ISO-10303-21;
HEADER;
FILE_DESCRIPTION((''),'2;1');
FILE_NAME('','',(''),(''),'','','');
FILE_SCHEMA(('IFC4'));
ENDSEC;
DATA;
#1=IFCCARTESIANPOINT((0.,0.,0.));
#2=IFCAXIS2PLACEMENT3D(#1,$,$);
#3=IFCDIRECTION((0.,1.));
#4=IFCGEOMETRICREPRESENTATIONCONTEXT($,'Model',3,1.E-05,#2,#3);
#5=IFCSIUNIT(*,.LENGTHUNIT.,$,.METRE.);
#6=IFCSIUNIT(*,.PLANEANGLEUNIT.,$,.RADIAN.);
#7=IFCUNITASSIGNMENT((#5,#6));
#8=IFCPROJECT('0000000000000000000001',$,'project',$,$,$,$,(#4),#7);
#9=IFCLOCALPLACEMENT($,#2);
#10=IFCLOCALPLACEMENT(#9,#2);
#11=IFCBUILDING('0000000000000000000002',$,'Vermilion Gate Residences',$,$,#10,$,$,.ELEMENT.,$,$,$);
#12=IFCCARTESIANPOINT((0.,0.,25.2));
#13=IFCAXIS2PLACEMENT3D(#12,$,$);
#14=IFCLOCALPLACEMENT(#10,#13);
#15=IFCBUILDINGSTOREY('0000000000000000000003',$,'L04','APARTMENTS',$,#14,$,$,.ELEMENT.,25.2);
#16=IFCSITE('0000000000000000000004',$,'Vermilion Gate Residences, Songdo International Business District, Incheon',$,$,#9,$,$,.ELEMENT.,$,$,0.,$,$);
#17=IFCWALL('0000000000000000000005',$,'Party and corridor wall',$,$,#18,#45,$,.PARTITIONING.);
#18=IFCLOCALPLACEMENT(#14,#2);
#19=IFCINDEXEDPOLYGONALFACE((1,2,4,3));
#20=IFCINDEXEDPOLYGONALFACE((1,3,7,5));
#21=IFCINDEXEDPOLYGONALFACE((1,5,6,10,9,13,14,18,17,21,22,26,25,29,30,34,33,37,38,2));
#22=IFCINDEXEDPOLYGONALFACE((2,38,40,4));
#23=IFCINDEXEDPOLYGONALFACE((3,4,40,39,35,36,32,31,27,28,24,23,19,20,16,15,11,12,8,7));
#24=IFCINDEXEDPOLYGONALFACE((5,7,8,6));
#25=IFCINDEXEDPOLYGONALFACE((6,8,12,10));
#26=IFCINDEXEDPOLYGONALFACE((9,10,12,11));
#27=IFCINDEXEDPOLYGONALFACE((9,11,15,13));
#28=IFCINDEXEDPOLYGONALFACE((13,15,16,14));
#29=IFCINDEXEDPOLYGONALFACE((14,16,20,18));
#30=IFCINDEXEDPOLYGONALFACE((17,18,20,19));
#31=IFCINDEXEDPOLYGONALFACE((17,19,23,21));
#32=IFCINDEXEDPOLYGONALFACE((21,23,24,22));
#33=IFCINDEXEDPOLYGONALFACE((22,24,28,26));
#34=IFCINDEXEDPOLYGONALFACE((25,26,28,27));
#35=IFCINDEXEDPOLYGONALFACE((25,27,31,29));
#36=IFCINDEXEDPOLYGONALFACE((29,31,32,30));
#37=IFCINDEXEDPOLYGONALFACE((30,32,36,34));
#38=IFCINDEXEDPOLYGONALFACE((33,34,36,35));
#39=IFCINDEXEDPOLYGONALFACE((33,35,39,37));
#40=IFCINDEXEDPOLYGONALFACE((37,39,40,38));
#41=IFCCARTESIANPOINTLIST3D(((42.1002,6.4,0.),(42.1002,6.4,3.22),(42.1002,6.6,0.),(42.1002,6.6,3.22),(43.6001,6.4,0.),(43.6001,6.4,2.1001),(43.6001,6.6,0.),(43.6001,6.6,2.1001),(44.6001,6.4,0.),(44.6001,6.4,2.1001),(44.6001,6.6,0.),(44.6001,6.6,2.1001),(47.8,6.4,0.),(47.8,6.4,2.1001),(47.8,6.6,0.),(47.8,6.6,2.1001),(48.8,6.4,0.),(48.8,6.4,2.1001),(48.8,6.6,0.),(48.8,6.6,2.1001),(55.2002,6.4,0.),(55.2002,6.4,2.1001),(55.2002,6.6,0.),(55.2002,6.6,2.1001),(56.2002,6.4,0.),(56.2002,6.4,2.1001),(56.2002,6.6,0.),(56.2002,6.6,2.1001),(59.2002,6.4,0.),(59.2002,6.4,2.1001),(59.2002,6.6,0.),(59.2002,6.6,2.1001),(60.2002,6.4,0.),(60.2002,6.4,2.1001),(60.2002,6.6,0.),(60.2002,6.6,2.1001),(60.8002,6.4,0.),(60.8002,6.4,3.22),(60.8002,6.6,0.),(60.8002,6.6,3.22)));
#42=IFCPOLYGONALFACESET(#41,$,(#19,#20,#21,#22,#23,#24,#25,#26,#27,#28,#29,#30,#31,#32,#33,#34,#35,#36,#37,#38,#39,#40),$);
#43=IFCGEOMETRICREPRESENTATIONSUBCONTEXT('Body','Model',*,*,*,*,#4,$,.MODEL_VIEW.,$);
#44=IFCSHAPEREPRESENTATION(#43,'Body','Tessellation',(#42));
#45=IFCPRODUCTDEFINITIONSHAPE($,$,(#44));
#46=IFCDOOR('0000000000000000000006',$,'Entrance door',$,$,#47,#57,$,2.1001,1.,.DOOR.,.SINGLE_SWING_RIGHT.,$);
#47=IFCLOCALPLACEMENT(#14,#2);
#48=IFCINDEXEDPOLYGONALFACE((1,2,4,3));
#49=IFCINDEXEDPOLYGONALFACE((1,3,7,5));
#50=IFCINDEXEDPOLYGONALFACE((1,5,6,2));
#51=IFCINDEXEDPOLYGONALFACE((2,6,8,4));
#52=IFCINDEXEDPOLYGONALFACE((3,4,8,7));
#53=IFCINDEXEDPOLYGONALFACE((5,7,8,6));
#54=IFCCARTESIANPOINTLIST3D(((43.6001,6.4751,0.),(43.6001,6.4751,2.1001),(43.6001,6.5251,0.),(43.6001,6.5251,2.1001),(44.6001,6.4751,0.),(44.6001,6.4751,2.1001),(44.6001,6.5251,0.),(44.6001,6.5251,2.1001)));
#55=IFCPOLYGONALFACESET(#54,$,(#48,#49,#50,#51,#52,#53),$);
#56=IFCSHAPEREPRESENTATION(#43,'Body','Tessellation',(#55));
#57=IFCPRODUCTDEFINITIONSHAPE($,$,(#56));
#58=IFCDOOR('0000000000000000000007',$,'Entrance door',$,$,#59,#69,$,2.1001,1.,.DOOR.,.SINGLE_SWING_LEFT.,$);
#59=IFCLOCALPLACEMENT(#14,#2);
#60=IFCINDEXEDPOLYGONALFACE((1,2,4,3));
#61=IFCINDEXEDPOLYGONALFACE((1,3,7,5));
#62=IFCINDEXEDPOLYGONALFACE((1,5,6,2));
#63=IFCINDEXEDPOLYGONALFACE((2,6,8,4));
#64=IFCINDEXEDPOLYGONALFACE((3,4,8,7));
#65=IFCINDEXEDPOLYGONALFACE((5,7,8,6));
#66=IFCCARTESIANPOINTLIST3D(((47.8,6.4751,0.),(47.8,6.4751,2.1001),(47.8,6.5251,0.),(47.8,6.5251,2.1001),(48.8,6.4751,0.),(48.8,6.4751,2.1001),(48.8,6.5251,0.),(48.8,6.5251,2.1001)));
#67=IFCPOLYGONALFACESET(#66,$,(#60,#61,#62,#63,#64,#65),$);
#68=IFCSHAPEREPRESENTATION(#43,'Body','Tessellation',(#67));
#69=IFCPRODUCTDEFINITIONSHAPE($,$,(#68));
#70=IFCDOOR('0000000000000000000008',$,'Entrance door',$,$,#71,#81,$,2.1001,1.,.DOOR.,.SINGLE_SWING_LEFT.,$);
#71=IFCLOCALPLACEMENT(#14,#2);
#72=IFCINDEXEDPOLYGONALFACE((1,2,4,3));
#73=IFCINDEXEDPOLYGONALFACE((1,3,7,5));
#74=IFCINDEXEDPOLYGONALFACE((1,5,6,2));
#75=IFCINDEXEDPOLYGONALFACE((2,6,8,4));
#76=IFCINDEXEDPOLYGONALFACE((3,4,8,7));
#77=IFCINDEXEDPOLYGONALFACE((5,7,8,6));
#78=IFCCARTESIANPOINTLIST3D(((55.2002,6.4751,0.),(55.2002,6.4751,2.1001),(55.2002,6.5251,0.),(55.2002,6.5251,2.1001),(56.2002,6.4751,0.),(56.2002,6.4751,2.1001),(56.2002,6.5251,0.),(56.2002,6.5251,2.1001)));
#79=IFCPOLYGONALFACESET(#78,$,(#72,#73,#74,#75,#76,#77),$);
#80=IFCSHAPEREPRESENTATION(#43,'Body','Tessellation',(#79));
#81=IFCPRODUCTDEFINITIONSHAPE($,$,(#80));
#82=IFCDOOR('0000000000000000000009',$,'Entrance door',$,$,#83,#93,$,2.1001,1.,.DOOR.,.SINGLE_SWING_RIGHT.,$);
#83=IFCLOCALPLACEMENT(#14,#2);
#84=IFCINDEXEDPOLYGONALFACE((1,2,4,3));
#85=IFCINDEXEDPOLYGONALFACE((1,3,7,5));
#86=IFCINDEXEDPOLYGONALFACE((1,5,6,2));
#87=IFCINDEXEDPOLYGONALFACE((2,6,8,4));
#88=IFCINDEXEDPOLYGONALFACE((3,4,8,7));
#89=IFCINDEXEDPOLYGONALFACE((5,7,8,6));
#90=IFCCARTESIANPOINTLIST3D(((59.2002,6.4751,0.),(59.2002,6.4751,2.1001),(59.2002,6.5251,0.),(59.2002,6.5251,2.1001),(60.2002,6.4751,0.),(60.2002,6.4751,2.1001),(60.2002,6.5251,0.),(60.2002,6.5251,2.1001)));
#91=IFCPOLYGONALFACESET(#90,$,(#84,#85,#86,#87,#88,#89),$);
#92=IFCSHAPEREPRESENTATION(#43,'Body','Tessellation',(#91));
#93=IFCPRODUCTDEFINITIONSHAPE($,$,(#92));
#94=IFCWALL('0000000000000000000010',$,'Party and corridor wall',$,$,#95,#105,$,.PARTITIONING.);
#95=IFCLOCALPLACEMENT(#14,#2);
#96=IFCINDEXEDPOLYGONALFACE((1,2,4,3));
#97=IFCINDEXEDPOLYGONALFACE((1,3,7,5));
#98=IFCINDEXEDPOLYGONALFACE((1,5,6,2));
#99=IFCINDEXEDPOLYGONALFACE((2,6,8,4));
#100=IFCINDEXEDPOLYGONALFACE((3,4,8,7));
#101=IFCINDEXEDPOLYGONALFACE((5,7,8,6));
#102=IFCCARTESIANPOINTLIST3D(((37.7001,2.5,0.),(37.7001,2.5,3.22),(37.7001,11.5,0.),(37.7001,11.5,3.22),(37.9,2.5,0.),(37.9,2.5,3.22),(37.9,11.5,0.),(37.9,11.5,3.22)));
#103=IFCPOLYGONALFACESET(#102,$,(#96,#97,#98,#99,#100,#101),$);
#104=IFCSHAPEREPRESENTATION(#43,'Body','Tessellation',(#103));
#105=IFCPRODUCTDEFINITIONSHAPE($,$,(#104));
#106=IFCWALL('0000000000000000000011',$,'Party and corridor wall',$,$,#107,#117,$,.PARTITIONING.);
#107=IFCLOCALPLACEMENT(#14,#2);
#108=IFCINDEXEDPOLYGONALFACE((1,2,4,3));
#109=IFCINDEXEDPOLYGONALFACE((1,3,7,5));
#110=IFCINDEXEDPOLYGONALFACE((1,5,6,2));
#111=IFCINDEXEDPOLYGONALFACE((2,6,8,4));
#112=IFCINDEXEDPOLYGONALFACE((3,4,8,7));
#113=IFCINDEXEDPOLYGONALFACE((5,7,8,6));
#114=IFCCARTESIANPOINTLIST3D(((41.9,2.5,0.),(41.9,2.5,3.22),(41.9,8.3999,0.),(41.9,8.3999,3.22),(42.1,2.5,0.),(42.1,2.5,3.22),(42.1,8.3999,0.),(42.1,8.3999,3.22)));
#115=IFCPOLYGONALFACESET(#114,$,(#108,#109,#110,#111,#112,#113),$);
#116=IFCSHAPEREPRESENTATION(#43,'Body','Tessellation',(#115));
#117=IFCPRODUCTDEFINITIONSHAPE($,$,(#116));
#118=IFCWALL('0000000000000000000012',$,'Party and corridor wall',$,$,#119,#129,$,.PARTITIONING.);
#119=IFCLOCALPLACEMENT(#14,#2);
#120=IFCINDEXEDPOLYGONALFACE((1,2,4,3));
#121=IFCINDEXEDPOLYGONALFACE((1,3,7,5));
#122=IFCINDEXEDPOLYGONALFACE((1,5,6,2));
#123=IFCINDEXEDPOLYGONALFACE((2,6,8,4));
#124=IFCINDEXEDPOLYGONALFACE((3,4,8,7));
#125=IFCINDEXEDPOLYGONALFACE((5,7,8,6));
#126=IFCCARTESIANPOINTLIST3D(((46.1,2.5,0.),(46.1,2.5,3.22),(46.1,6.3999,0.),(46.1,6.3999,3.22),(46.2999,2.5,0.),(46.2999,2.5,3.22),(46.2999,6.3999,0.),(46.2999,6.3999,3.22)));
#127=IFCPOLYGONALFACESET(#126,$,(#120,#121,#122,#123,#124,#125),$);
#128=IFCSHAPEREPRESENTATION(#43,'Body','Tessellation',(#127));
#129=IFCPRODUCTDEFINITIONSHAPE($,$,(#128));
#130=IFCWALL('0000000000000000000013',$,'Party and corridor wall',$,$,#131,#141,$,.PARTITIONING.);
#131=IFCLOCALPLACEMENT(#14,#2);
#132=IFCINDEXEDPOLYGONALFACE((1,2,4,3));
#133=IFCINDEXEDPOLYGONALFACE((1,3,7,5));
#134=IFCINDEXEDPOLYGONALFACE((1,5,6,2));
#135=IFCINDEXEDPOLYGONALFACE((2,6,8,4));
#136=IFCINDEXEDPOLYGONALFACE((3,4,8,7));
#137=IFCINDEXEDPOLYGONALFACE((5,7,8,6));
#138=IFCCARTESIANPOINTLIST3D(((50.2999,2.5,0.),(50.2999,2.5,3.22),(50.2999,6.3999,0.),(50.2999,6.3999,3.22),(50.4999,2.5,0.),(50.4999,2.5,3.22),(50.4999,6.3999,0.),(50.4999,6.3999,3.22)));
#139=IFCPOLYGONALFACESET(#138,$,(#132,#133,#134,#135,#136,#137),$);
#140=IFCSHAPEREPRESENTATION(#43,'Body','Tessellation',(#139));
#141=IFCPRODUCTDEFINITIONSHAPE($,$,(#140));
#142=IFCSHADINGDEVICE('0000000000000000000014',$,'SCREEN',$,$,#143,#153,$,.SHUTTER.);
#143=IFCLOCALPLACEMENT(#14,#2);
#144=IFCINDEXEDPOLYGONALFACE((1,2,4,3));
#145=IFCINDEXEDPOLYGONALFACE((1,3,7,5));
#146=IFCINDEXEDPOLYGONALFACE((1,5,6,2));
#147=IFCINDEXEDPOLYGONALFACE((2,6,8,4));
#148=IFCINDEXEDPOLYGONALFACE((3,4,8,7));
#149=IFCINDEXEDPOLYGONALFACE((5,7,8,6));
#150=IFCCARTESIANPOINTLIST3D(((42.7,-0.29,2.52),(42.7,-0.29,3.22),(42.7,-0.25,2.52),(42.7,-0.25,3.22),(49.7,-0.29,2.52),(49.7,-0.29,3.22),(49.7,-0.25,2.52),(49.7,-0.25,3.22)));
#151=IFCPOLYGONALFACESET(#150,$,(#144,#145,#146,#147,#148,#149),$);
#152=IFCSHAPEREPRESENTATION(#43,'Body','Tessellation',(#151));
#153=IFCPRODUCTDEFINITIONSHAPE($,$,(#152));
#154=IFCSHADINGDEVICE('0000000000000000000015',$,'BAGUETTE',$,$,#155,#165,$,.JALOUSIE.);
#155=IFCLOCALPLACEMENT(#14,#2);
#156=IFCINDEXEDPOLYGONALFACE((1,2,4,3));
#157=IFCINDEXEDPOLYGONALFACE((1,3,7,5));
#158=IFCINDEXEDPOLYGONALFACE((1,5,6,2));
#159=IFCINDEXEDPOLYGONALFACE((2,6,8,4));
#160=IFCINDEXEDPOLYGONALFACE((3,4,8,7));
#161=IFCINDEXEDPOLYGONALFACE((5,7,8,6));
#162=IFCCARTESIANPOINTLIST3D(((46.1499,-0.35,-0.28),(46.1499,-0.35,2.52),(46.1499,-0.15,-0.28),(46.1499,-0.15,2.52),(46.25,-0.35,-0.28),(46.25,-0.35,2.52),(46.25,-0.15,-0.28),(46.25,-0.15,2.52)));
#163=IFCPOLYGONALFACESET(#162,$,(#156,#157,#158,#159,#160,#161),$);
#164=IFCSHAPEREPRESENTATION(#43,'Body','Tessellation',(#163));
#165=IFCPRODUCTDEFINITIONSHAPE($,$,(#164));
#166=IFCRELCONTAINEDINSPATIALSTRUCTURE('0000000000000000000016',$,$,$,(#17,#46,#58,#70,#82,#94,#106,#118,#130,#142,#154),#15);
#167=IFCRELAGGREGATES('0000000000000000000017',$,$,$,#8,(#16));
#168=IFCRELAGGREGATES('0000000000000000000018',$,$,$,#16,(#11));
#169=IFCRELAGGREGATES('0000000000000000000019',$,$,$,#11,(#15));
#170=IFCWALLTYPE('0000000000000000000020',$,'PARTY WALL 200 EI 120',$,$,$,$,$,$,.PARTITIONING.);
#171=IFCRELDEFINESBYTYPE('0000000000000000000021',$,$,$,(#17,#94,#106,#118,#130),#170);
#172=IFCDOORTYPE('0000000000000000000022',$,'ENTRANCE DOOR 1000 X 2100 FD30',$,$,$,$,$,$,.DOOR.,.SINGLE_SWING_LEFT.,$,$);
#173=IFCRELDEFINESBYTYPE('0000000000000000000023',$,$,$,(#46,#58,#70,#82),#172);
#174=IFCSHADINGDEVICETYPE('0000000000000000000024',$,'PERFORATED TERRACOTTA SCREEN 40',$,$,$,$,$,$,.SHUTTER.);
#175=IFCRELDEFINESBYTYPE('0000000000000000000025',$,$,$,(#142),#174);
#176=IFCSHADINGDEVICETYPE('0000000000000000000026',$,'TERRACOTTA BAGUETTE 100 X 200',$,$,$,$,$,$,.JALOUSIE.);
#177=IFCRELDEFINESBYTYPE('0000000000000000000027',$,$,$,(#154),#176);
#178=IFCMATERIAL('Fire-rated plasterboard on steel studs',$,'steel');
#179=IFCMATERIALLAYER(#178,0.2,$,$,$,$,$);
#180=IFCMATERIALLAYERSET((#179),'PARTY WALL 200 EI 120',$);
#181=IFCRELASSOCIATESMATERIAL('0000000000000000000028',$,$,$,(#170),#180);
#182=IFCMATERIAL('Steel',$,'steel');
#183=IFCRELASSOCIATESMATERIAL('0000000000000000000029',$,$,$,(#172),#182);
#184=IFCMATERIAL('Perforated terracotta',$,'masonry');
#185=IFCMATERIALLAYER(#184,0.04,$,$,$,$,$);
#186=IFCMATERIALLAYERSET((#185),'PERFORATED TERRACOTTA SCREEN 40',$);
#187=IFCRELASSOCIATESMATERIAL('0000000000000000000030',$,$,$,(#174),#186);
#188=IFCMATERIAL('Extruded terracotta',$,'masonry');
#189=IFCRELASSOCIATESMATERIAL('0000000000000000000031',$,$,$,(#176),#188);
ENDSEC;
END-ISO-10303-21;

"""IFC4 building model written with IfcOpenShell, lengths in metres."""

from ifc_helpers import new_model, si_unit, direction, frame, frame_2d, origin, origin_2d, place, context, subcontext, project, spatial, rectangle, extrude, material, layer, layer_set, material_profile, profile_set, type_object, element, fill, save


model = new_model("IFC4")

# Units and contexts
model_context = context("Model", 3, precision=1e-05, world=origin(), true_north=direction((0.0, 1.0)))
body_context = subcontext(model_context, "Body", "Model", "MODEL_VIEW")
ifc_project = project(units=[si_unit("LENGTHUNIT", "METRE"), si_unit("PLANEANGLEUNIT", "RADIAN")], contexts=[model_context])

# Site, building, storey
site_placement = place(None, origin())
site = spatial("IfcSite", under=ifc_project, at=site_placement, Name="Vermilion Gate Residences, Songdo International Business District, Incheon", CompositionType="ELEMENT", RefElevation=0.0)
building_placement = place(site_placement, origin())
building = spatial("IfcBuilding", under=site, at=building_placement, Name="Vermilion Gate Residences", CompositionType="ELEMENT")
storey_placement = place(building_placement, frame((0.0, 0.0, 25.2)))
storey = spatial("IfcBuildingStorey", under=building, at=storey_placement, Name="L04", Description="APARTMENTS", CompositionType="ELEMENT", Elevation=25.2)

# Wall, openings, doors
ifc_material_1 = material(Name="Fire-rated plasterboard on steel studs", Category="steel")
ifc_layer_1 = layer(ifc_material_1, 0.2)
ifc_layer_set_1 = layer_set([ifc_layer_1], Name="PARTY WALL 200 EI 120")
wall_type_1 = type_object("IfcWallType", Name="PARTY WALL 200 EI 120", PredefinedType="PARTITIONING", material=ifc_layer_set_1)
wall_1_placement = place(storey_placement, frame((42.1001, 6.5, 0.0), z_axis=(0.0, 0.0, 1.0), x_axis=(1.0, 0.0, 0.0)))
wall_1 = element("IfcWall", 1, at=wall_1_placement, inside=storey, type_object=wall_type_1, Name="Party and corridor wall", PredefinedType="PARTITIONING", context=body_context, shape_type="SweptSolid", body=[
    extrude(rectangle(XDim=18.7, YDim=0.2, at=frame_2d((9.3501, 0.0))), origin(), (0.0, 0.0, 1.0), 3.22),
])
opening_1_placement = place(wall_1_placement, frame((1.5, 0.0, 0.0)))
opening_1 = element("IfcOpeningElement", 2, at=opening_1_placement, cuts=wall_1, PredefinedType="OPENING", context=body_context, shape_type="SweptSolid", body=[
    extrude(rectangle(XDim=1.0, YDim=2.1001, at=frame_2d((0.5, 1.05))), frame((0.0, 0.1099, 0.0), z_axis=(0.0, -1.0, 0.0), x_axis=(1.0, 0.0, 0.0)), (0.0, 0.0, 1.0), 0.22),
])
opening_2_placement = place(wall_1_placement, frame((5.7, 0.0, 0.0)))
opening_2 = element("IfcOpeningElement", 3, at=opening_2_placement, cuts=wall_1, PredefinedType="OPENING", context=body_context, shape_type="SweptSolid", body=[
    extrude(rectangle(XDim=1.0, YDim=2.1001, at=frame_2d((0.5, 1.05))), frame((0.0, 0.1099, 0.0), z_axis=(0.0, -1.0, 0.0), x_axis=(1.0, 0.0, 0.0)), (0.0, 0.0, 1.0), 0.22),
])
opening_3_placement = place(wall_1_placement, frame((13.1001, 0.0, 0.0)))
opening_3 = element("IfcOpeningElement", 4, at=opening_3_placement, cuts=wall_1, PredefinedType="OPENING", context=body_context, shape_type="SweptSolid", body=[
    extrude(rectangle(XDim=1.0, YDim=2.1001, at=frame_2d((0.5, 1.05))), frame((0.0, 0.1099, 0.0), z_axis=(0.0, -1.0, 0.0), x_axis=(1.0, 0.0, 0.0)), (0.0, 0.0, 1.0), 0.22),
])
opening_4_placement = place(wall_1_placement, frame((17.1001, 0.0, 0.0)))
opening_4 = element("IfcOpeningElement", 5, at=opening_4_placement, cuts=wall_1, PredefinedType="OPENING", context=body_context, shape_type="SweptSolid", body=[
    extrude(rectangle(XDim=1.0, YDim=2.1001, at=frame_2d((0.5, 1.05))), frame((0.0, 0.1099, 0.0), z_axis=(0.0, -1.0, 0.0), x_axis=(1.0, 0.0, 0.0)), (0.0, 0.0, 1.0), 0.22),
])
ifc_material_2 = material(Name="Steel", Category="steel")
door_type_1 = type_object("IfcDoorType", Name="ENTRANCE DOOR 1000 X 2100 FD30", OperationType="SINGLE_SWING_LEFT", PredefinedType="DOOR", material=ifc_material_2)
door_1_placement = place(opening_1_placement, frame((1.0, 0.0, 0.0), z_axis=(0.0, 0.0, 1.0), x_axis=(-1.0, 0.0, 0.0)))
door_1 = element("IfcDoor", 6, at=door_1_placement, inside=storey, type_object=door_type_1, Name="Entrance door", OperationType="SINGLE_SWING_RIGHT", OverallHeight=2.1001, OverallWidth=1.0, PredefinedType="DOOR", context=body_context, shape_type="SweptSolid", body=[
    extrude(rectangle(XDim=1.0, YDim=2.1001, at=frame_2d((0.5, 1.05))), frame((0.0, 0.0249, 0.0), z_axis=(0.0, -1.0, 0.0), x_axis=(1.0, 0.0, 0.0)), (0.0, 0.0, 1.0), 0.05),
])
fill(opening_1, door_1)
door_2_placement = place(opening_2_placement, frame((1.0, 0.0, 0.0), z_axis=(0.0, 0.0, 1.0), x_axis=(-1.0, 0.0, 0.0)))
door_2 = element("IfcDoor", 7, at=door_2_placement, inside=storey, type_object=door_type_1, Name="Entrance door", OperationType="SINGLE_SWING_LEFT", OverallHeight=2.1001, OverallWidth=1.0, PredefinedType="DOOR", context=body_context, shape_type="SweptSolid", body=[
    extrude(rectangle(XDim=1.0, YDim=2.1001, at=frame_2d((0.5, 1.05))), frame((0.0, 0.0249, 0.0), z_axis=(0.0, -1.0, 0.0), x_axis=(1.0, 0.0, 0.0)), (0.0, 0.0, 1.0), 0.05),
])
fill(opening_2, door_2)
door_3_placement = place(opening_3_placement, frame((1.0, 0.0, 0.0), z_axis=(0.0, 0.0, 1.0), x_axis=(-1.0, 0.0, 0.0)))
door_3 = element("IfcDoor", 8, at=door_3_placement, inside=storey, type_object=door_type_1, Name="Entrance door", OperationType="SINGLE_SWING_LEFT", OverallHeight=2.1001, OverallWidth=1.0, PredefinedType="DOOR", context=body_context, shape_type="SweptSolid", body=[
    extrude(rectangle(XDim=1.0, YDim=2.1001, at=frame_2d((0.5, 1.05))), frame((0.0, 0.0249, 0.0), z_axis=(0.0, -1.0, 0.0), x_axis=(1.0, 0.0, 0.0)), (0.0, 0.0, 1.0), 0.05),
])
fill(opening_3, door_3)
door_4_placement = place(opening_4_placement, frame((1.0, 0.0, 0.0), z_axis=(0.0, 0.0, 1.0), x_axis=(-1.0, 0.0, 0.0)))
door_4 = element("IfcDoor", 9, at=door_4_placement, inside=storey, type_object=door_type_1, Name="Entrance door", OperationType="SINGLE_SWING_RIGHT", OverallHeight=2.1001, OverallWidth=1.0, PredefinedType="DOOR", context=body_context, shape_type="SweptSolid", body=[
    extrude(rectangle(XDim=1.0, YDim=2.1001, at=frame_2d((0.5, 1.05))), frame((0.0, 0.0249, 0.0), z_axis=(0.0, -1.0, 0.0), x_axis=(1.0, 0.0, 0.0)), (0.0, 0.0, 1.0), 0.05),
])
fill(opening_4, door_4)

# Walls
wall_2_placement = place(storey_placement, frame((37.8, 2.5, 0.0), z_axis=(0.0, 0.0, 1.0), x_axis=(0.0, 1.0, 0.0)))
element("IfcWall", 10, at=wall_2_placement, inside=storey, type_object=wall_type_1, Name="Party and corridor wall", PredefinedType="PARTITIONING", context=body_context, shape_type="SweptSolid", body=[
    extrude(rectangle(XDim=9.0, YDim=0.2, at=frame_2d((4.5, 0.0))), origin(), (0.0, 0.0, 1.0), 3.22),
])
wall_3_placement = place(storey_placement, frame((42.0, 2.5, 0.0), z_axis=(0.0, 0.0, 1.0), x_axis=(0.0, 1.0, 0.0)))
element("IfcWall", 11, at=wall_3_placement, inside=storey, type_object=wall_type_1, Name="Party and corridor wall", PredefinedType="PARTITIONING", context=body_context, shape_type="SweptSolid", body=[
    extrude(rectangle(XDim=5.8999, YDim=0.2, at=frame_2d((2.95, 0.0))), origin(), (0.0, 0.0, 1.0), 3.22),
])
for number, where, z_axis, x_axis, name in (
    (12, (46.2, 2.5, 0.0), (0.0, 0.0, 1.0), (0.0, 1.0, 0.0), "Party and corridor wall"),
    (13, (50.3999, 2.5, 0.0), (0.0, 0.0, 1.0), (0.0, 1.0, 0.0), "Party and corridor wall"),
):
    element("IfcWall", number, at=place(storey_placement, frame(where, z_axis=z_axis, x_axis=x_axis)), inside=storey, type_object=wall_type_1, Name=name, PredefinedType="PARTITIONING", context=body_context, shape_type="SweptSolid", body=[
        extrude(rectangle(XDim=3.8999, YDim=0.2, at=frame_2d((1.95, 0.0))), origin(), (0.0, 0.0, 1.0), 3.22),
    ])

# Shading devices
ifc_material_3 = material(Name="Perforated terracotta", Category="masonry")
ifc_layer_2 = layer(ifc_material_3, 0.04)
ifc_layer_set_2 = layer_set([ifc_layer_2], Name="PERFORATED TERRACOTTA SCREEN 40")
shading_device_type_1 = type_object("IfcShadingDeviceType", Name="PERFORATED TERRACOTTA SCREEN 40", PredefinedType="SHUTTER", material=ifc_layer_set_2)
shading_device_1_placement = place(storey_placement, frame((46.2, -0.27, 2.52), z_axis=(0.0, 0.0, 1.0), x_axis=(1.0, 0.0, 0.0)))
element("IfcShadingDevice", 14, at=shading_device_1_placement, inside=storey, type_object=shading_device_type_1, Name="SCREEN", PredefinedType="SHUTTER", context=body_context, shape_type="SweptSolid", body=[
    extrude(rectangle(XDim=7.0, YDim=0.04, at=origin_2d()), origin(), (0.0, 0.0, 1.0), 0.7),
])
ifc_material_4 = material(Name="Extruded terracotta", Category="masonry")
ifc_material_profile_1 = material_profile(ifc_material_4, rectangle(XDim=0.2, YDim=0.1001, at=origin_2d()), Name="BAGUETTE 100 X 200")
ifc_profile_set_1 = profile_set([ifc_material_profile_1], Name="Extruded terracotta")
shading_device_type_2 = type_object("IfcShadingDeviceType", Name="TERRACOTTA BAGUETTE 100 X 200", PredefinedType="JALOUSIE", material=ifc_profile_set_1)
shading_device_2_placement = place(storey_placement, frame((46.2, -0.25, -0.28), z_axis=(0.0, 0.0, 1.0), x_axis=(0.0, 1.0, 0.0)))
element("IfcShadingDevice", 15, at=shading_device_2_placement, inside=storey, type_object=shading_device_type_2, Name="BAGUETTE", PredefinedType="JALOUSIE", context=body_context, shape_type="SweptSolid", body=[
    extrude(rectangle(XDim=0.2, YDim=0.1001, at=origin_2d()), origin(), (0.0, 0.0, 1.0), 2.8),
])

save(model, "model.ifc")
